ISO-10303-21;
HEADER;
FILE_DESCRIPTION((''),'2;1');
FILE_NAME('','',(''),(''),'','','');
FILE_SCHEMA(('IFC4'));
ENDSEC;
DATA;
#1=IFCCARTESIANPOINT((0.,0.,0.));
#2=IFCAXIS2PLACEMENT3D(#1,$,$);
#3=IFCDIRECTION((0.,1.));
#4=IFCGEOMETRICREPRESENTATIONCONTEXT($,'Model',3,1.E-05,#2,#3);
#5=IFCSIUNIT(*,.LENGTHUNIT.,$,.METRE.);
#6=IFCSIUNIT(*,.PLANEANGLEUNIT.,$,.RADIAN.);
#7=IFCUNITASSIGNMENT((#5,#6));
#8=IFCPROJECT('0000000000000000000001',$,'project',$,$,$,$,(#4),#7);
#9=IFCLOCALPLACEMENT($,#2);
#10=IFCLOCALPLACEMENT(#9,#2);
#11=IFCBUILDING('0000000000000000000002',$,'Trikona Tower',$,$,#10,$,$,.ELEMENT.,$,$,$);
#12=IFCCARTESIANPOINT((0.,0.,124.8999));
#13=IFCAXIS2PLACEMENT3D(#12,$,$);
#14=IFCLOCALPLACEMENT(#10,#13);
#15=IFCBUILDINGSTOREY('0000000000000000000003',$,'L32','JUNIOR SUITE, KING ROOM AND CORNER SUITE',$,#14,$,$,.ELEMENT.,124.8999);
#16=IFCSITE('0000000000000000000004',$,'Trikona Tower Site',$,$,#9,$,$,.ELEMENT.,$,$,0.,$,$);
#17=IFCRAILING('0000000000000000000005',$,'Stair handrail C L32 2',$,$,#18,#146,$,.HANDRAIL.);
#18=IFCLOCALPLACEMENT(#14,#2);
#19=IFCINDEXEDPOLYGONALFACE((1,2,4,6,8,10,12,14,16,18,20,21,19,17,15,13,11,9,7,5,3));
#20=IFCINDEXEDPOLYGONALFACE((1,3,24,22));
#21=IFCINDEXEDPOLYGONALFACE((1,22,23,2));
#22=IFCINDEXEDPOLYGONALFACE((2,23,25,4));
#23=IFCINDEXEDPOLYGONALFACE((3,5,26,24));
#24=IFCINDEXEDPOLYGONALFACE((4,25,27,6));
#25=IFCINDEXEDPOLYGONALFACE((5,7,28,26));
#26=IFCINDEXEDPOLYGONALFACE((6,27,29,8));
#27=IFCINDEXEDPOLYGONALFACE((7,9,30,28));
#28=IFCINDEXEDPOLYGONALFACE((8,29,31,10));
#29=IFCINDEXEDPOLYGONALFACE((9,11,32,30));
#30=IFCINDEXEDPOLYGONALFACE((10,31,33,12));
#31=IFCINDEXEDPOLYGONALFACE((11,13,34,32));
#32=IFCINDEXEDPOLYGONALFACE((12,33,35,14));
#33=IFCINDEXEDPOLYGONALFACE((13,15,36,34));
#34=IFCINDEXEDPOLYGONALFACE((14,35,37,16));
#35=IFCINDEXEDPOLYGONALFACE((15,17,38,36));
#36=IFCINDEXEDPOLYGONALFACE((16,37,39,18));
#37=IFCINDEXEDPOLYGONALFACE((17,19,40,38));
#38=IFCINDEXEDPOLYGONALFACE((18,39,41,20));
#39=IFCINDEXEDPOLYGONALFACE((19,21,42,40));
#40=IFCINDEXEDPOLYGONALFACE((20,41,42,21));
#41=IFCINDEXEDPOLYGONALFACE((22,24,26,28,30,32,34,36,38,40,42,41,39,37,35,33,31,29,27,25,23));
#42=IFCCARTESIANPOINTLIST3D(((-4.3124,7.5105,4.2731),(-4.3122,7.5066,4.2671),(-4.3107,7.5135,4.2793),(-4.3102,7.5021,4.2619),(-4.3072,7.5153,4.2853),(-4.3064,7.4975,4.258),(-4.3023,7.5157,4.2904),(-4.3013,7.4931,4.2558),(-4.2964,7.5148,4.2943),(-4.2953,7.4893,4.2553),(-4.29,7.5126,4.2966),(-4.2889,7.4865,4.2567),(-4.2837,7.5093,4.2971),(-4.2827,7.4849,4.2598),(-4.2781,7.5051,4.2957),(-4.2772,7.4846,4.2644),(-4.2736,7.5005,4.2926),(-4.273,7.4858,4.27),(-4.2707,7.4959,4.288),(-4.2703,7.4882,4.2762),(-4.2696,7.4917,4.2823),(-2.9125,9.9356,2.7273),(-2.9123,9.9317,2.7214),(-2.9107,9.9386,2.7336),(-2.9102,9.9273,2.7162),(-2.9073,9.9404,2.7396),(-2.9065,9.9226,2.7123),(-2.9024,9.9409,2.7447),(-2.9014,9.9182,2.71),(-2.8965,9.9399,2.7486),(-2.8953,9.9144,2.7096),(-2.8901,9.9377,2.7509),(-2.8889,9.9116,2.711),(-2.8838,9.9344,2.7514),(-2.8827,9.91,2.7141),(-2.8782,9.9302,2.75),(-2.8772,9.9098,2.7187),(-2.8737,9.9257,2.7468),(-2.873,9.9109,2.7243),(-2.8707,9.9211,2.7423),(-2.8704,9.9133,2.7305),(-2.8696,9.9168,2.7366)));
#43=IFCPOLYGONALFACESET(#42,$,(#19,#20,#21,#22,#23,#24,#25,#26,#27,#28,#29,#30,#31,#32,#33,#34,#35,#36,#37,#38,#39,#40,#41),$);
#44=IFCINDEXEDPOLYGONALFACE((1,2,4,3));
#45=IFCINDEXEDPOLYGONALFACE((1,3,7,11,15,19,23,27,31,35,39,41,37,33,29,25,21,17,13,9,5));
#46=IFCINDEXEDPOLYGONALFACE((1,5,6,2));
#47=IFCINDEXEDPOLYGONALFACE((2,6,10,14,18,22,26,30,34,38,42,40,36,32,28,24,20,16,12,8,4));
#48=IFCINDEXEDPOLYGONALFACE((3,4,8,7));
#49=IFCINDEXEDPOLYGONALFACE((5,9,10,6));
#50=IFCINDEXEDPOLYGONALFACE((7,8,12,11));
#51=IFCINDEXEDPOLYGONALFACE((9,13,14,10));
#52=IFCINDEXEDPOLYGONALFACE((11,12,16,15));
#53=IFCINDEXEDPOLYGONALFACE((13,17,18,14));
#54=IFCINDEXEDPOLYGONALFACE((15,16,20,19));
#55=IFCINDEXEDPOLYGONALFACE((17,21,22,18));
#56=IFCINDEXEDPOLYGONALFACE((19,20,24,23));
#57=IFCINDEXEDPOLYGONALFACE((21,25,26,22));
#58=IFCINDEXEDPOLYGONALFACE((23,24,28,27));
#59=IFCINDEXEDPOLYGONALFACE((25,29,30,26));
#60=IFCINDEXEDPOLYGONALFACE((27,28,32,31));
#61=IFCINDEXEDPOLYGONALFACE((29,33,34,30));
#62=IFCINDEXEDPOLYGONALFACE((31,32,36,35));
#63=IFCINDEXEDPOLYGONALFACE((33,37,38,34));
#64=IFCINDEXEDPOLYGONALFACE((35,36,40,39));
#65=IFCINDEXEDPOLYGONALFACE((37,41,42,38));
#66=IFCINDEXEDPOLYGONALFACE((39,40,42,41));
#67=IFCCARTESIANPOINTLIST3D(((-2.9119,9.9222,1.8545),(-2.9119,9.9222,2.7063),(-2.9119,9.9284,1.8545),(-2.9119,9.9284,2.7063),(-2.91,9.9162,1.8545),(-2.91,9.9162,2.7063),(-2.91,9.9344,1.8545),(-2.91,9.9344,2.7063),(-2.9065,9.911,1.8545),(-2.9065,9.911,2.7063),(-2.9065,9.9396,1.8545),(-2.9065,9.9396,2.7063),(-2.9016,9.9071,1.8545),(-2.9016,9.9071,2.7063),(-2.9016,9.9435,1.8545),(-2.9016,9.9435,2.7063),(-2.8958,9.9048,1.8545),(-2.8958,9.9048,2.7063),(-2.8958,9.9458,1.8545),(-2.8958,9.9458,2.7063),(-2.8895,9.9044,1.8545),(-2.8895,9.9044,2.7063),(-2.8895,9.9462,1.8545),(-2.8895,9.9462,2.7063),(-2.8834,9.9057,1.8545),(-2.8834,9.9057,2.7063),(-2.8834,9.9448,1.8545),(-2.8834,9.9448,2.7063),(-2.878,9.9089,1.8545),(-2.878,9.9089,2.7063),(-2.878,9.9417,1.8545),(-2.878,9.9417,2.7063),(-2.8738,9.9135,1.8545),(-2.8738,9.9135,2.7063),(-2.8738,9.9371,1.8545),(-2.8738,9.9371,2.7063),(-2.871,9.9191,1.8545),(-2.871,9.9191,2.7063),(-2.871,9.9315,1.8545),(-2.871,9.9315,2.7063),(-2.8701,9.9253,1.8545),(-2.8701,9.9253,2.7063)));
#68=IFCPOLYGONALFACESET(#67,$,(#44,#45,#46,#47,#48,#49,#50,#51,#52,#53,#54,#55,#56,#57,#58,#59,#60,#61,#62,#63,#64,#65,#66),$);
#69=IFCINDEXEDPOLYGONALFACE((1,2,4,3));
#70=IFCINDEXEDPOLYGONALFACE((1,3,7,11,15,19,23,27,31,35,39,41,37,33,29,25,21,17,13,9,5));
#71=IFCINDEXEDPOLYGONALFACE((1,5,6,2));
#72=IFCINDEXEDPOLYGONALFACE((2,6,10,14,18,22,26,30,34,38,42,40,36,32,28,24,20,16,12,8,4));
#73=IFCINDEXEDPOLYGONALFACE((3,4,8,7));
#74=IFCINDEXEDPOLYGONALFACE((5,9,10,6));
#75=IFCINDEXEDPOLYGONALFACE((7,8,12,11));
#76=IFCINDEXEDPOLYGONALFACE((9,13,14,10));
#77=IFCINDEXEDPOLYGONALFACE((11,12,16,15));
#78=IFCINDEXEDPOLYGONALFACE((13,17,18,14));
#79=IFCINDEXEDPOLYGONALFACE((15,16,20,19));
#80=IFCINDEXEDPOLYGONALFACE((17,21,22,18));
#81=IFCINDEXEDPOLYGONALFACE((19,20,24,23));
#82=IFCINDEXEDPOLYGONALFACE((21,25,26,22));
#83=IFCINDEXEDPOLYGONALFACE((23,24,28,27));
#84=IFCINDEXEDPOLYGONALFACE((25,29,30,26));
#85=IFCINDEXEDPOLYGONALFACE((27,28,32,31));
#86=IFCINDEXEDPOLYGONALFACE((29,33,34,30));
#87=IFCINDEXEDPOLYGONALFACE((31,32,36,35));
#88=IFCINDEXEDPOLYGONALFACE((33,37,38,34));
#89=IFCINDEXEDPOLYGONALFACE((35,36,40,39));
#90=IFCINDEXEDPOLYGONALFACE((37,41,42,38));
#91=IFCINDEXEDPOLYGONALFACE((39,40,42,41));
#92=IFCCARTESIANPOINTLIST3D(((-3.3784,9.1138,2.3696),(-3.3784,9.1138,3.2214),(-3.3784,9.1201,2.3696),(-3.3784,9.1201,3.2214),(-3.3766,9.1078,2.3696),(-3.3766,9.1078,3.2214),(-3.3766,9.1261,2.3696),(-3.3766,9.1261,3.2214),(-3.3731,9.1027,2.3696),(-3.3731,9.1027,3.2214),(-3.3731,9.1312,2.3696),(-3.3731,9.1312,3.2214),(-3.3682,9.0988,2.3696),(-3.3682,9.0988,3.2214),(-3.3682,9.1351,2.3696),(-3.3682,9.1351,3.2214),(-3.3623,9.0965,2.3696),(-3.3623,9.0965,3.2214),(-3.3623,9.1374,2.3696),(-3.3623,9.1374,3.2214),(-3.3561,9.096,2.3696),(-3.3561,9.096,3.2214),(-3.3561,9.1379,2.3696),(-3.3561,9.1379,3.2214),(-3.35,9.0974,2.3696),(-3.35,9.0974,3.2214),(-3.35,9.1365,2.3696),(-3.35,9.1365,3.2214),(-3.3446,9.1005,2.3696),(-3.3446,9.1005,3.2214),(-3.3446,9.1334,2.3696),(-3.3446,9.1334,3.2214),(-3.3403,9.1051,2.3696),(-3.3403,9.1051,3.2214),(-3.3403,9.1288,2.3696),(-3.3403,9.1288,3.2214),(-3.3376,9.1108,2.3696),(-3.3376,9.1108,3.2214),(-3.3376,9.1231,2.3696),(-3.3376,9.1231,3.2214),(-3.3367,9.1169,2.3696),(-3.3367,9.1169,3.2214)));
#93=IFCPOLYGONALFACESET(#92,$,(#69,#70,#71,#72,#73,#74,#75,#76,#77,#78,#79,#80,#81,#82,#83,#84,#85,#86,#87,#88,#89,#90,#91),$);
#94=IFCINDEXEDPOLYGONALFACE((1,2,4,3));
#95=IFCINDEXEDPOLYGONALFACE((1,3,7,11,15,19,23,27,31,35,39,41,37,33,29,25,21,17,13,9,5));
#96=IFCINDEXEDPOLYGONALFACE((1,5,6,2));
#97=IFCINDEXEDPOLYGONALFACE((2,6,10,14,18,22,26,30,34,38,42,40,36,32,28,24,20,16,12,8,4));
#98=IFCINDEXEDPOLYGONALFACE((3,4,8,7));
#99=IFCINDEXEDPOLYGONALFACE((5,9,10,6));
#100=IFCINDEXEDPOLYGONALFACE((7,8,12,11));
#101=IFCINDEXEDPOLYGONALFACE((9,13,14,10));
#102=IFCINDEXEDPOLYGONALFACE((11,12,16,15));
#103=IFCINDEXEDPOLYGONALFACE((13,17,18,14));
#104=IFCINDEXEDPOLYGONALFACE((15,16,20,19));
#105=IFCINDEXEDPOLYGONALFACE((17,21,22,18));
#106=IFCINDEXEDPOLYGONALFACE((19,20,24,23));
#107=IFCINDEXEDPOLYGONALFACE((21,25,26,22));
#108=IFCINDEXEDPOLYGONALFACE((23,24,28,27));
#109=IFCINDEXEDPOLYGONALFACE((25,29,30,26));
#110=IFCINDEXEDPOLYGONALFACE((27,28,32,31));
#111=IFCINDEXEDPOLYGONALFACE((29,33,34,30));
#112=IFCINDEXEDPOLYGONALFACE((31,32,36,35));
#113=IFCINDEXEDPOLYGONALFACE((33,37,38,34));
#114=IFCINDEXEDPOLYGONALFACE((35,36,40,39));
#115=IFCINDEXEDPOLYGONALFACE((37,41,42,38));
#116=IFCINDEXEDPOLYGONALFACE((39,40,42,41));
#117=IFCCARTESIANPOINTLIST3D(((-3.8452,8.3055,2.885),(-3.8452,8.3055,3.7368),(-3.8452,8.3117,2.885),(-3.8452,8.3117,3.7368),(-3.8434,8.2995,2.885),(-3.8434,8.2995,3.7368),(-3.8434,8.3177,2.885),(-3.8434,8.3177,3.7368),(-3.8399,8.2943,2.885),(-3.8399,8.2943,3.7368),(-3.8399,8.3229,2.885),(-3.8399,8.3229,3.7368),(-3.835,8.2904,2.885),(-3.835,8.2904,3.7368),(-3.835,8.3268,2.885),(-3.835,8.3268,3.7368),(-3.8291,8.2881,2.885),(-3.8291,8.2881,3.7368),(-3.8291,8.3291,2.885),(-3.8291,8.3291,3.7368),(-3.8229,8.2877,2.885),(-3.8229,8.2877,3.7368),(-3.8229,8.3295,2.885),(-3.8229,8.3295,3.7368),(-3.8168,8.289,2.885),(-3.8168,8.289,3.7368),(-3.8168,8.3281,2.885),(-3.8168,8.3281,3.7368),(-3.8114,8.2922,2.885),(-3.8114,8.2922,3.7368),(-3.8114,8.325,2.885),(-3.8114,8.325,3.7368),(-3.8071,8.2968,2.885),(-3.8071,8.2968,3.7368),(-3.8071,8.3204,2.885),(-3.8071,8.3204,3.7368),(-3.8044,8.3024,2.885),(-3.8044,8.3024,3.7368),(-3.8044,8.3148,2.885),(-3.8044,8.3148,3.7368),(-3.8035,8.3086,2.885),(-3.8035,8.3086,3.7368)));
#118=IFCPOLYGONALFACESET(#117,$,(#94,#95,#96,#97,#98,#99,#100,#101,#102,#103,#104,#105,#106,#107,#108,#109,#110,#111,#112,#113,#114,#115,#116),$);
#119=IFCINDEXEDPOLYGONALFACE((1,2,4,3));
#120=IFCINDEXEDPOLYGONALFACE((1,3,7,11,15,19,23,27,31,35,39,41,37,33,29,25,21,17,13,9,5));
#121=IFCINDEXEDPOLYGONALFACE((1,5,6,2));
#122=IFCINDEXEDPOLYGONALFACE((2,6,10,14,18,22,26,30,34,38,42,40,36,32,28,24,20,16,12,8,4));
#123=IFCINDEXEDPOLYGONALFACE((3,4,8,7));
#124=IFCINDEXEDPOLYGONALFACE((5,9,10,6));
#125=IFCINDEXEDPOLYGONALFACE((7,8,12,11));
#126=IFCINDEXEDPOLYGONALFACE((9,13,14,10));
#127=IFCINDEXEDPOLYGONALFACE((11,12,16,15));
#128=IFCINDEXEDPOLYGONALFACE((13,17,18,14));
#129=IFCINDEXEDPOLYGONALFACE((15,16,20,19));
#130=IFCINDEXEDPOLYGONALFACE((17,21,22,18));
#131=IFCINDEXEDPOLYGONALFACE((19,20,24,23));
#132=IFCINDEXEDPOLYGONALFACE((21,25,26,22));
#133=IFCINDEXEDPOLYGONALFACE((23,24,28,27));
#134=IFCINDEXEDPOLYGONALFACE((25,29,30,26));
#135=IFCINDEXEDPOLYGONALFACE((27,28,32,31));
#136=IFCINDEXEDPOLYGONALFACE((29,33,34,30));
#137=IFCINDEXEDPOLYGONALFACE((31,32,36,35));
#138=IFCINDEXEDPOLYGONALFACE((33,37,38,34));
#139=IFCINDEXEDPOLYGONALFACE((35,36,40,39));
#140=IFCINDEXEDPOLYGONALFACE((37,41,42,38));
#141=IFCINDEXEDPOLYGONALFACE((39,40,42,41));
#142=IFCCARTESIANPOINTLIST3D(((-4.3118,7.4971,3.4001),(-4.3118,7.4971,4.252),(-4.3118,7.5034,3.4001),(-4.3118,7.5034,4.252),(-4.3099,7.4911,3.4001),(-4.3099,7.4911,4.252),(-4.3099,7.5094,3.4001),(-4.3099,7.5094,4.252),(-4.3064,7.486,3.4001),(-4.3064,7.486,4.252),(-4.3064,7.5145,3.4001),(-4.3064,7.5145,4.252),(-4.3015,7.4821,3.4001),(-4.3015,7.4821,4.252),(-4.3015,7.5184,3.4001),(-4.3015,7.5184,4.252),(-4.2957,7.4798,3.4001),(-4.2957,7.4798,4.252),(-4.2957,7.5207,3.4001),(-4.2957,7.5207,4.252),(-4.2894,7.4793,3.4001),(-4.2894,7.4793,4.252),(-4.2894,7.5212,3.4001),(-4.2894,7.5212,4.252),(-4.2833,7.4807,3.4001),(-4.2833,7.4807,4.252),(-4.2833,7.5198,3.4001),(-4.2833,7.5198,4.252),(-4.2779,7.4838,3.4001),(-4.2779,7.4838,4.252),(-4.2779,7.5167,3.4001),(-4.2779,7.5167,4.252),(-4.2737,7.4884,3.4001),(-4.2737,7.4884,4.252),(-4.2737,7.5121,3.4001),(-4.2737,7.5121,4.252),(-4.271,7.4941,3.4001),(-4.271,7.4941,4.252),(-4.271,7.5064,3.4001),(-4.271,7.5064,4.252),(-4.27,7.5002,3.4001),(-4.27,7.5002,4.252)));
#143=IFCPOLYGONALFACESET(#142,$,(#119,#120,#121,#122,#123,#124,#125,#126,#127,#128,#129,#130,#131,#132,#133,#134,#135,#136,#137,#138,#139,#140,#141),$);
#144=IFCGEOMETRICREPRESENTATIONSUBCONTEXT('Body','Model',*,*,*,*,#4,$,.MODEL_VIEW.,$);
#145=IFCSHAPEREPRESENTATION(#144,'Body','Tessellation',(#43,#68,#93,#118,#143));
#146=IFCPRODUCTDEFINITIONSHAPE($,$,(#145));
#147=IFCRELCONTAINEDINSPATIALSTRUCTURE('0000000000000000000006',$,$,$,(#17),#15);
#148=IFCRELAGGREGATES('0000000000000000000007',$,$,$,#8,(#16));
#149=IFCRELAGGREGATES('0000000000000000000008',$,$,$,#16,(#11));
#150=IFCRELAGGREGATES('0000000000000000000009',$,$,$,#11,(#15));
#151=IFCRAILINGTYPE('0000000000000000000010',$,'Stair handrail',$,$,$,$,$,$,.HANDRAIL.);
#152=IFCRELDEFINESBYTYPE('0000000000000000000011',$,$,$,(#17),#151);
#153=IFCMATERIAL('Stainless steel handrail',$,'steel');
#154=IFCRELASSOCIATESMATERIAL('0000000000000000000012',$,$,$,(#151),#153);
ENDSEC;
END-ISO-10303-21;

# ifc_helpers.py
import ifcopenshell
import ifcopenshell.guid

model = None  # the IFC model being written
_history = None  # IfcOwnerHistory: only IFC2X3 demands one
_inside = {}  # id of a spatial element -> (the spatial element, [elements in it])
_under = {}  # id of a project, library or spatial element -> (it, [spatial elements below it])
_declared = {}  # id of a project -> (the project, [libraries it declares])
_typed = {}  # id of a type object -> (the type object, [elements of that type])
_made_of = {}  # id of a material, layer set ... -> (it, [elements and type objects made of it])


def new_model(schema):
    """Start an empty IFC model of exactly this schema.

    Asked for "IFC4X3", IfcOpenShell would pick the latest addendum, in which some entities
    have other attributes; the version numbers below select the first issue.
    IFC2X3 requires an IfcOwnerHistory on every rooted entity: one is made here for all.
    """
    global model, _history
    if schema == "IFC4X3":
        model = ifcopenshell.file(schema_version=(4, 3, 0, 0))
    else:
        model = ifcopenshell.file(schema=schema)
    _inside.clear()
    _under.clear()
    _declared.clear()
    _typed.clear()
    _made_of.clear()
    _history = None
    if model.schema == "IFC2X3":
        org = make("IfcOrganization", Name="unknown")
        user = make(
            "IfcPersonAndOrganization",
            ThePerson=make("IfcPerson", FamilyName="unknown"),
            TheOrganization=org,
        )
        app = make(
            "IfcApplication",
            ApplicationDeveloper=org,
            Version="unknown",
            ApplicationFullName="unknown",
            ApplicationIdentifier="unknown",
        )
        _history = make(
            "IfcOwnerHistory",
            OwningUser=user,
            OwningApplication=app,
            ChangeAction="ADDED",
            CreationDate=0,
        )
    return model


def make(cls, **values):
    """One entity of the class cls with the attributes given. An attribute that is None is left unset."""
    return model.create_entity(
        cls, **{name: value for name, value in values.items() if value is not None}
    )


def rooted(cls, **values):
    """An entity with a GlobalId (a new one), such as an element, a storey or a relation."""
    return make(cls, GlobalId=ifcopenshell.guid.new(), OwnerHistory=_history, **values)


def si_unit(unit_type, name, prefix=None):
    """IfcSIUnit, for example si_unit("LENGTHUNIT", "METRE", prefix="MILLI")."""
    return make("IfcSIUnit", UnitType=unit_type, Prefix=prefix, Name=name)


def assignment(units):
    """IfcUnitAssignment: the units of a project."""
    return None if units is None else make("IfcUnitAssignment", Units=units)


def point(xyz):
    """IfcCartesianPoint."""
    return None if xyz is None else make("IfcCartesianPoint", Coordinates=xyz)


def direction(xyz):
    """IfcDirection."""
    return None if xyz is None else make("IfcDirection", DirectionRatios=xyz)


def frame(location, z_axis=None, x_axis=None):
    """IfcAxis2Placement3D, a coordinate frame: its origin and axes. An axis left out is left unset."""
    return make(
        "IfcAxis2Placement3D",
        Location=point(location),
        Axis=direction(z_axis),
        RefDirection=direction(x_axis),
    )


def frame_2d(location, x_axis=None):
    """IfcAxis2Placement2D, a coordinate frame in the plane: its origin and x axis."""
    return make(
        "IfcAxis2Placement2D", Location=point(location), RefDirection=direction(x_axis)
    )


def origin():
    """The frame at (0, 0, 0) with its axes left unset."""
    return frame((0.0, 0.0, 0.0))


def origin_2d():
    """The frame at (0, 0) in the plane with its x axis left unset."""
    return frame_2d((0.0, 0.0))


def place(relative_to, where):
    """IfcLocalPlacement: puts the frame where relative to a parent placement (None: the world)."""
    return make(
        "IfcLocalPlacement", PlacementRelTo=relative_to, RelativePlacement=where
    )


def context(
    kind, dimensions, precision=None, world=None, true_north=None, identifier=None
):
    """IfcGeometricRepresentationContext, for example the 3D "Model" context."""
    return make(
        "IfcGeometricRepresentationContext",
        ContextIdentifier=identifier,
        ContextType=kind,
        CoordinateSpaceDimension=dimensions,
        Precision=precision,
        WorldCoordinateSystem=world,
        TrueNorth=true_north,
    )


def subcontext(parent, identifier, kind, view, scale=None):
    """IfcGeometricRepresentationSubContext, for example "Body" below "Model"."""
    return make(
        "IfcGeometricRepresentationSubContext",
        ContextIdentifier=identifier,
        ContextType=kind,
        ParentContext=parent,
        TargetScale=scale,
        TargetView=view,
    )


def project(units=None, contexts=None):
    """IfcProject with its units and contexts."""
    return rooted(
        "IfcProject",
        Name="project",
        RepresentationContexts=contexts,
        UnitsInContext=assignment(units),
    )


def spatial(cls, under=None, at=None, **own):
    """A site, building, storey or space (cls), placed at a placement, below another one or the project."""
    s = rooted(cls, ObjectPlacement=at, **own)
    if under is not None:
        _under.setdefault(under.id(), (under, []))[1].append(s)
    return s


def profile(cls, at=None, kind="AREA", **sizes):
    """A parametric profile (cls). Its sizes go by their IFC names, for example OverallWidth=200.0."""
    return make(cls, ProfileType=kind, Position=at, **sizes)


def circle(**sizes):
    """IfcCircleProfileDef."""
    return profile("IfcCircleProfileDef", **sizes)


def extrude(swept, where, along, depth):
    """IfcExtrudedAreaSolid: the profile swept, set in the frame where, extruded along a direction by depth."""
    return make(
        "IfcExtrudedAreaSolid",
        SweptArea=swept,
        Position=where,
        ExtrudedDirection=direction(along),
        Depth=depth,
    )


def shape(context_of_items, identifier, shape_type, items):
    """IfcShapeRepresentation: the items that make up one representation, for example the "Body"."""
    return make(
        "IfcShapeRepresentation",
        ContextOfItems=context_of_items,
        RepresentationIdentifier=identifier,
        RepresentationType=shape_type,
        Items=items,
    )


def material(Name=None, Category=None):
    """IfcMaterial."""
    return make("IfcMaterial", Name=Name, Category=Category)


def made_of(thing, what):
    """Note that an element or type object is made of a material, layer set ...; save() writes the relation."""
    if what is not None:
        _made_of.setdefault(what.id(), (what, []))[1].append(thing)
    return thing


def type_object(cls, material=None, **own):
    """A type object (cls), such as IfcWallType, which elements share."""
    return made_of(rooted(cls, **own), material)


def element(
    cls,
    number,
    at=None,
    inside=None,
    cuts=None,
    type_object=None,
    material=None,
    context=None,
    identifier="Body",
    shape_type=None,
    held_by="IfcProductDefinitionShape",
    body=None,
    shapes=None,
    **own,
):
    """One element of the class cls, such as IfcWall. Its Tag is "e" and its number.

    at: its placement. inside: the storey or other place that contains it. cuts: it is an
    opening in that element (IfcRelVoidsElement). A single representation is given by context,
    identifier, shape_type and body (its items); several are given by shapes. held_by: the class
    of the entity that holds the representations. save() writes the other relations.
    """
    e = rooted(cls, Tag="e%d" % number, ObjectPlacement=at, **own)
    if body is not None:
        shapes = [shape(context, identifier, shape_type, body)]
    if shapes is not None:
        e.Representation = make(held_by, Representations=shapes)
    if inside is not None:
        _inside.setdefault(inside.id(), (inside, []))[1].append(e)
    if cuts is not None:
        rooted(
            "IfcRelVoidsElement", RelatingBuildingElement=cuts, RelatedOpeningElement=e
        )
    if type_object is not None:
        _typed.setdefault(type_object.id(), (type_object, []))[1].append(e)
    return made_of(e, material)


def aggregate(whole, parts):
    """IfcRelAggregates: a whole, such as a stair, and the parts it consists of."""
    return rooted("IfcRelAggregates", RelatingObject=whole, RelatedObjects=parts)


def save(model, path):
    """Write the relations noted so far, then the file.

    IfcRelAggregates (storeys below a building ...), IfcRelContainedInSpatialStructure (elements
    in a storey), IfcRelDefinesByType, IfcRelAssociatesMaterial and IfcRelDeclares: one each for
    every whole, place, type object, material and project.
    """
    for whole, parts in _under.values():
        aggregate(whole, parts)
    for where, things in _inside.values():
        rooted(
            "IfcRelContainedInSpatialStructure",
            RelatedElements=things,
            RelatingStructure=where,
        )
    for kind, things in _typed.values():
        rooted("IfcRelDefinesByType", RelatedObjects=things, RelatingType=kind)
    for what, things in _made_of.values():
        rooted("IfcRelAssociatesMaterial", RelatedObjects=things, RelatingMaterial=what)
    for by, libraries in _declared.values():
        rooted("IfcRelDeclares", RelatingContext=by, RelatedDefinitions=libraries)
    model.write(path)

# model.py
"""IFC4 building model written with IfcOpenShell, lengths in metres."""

from ifc_helpers import new_model, si_unit, direction, frame, origin, origin_2d, place, context, subcontext, project, spatial, circle, extrude, material, type_object, element, save


model = new_model("IFC4")

# Units and contexts
model_context = context("Model", 3, precision=1e-05, world=origin(), true_north=direction((0.0, 1.0)))
body_context = subcontext(model_context, "Body", "Model", "MODEL_VIEW")
ifc_project = project(units=[si_unit("LENGTHUNIT", "METRE"), si_unit("PLANEANGLEUNIT", "RADIAN")], contexts=[model_context])

# Site, building, storey
site_placement = place(None, origin())
site = spatial("IfcSite", under=ifc_project, at=site_placement, Name="Trikona Tower Site", CompositionType="ELEMENT", RefElevation=0.0)
building_placement = place(site_placement, origin())
building = spatial("IfcBuilding", under=site, at=building_placement, Name="Trikona Tower", CompositionType="ELEMENT")
storey_placement = place(building_placement, frame((0.0, 0.0, 124.8999)))
storey = spatial("IfcBuildingStorey", under=building, at=storey_placement, Name="L32", Description="JUNIOR SUITE, KING ROOM AND CORNER SUITE", CompositionType="ELEMENT", Elevation=124.8999)

# Railing
ifc_material_1 = material(Name="Stainless steel handrail", Category="steel")
railing_type = type_object("IfcRailingType", Name="Stair handrail", PredefinedType="HANDRAIL", material=ifc_material_1)
railing_1_placement = place(storey_placement, frame((-2.8911, 9.9253, 1.8545)))
element("IfcRailing", 1, at=railing_1_placement, inside=storey, type_object=railing_type, Name="Stair handrail C L32 2", PredefinedType="HANDRAIL", context=body_context, shape_type="SweptSolid", body=[
    extrude(circle(Radius=0.0239, at=origin_2d()), frame((0.0, 0.0, 0.876), z_axis=(-0.437691, -0.758212, 0.483262), x_axis=(0.866056, -0.499946, 0.0)), (0.0, 0.0, 1.0), 3.1985),
    extrude(circle(Radius=0.021, at=origin_2d()), origin(), (0.0, 0.0, 1.0), 0.8518),
    extrude(circle(Radius=0.021, at=origin_2d()), frame((-0.4666, -0.8083, 0.5151)), (0.0, 0.0, 1.0), 0.8518),
    extrude(circle(Radius=0.021, at=origin_2d()), frame((-0.9333, -1.6167, 1.0305)), (0.0, 0.0, 1.0), 0.8518),
    extrude(circle(Radius=0.021, at=origin_2d()), frame((-1.3999, -2.425, 1.5457)), (0.0, 0.0, 1.0), 0.8518),
])

save(model, "model.ifc")
